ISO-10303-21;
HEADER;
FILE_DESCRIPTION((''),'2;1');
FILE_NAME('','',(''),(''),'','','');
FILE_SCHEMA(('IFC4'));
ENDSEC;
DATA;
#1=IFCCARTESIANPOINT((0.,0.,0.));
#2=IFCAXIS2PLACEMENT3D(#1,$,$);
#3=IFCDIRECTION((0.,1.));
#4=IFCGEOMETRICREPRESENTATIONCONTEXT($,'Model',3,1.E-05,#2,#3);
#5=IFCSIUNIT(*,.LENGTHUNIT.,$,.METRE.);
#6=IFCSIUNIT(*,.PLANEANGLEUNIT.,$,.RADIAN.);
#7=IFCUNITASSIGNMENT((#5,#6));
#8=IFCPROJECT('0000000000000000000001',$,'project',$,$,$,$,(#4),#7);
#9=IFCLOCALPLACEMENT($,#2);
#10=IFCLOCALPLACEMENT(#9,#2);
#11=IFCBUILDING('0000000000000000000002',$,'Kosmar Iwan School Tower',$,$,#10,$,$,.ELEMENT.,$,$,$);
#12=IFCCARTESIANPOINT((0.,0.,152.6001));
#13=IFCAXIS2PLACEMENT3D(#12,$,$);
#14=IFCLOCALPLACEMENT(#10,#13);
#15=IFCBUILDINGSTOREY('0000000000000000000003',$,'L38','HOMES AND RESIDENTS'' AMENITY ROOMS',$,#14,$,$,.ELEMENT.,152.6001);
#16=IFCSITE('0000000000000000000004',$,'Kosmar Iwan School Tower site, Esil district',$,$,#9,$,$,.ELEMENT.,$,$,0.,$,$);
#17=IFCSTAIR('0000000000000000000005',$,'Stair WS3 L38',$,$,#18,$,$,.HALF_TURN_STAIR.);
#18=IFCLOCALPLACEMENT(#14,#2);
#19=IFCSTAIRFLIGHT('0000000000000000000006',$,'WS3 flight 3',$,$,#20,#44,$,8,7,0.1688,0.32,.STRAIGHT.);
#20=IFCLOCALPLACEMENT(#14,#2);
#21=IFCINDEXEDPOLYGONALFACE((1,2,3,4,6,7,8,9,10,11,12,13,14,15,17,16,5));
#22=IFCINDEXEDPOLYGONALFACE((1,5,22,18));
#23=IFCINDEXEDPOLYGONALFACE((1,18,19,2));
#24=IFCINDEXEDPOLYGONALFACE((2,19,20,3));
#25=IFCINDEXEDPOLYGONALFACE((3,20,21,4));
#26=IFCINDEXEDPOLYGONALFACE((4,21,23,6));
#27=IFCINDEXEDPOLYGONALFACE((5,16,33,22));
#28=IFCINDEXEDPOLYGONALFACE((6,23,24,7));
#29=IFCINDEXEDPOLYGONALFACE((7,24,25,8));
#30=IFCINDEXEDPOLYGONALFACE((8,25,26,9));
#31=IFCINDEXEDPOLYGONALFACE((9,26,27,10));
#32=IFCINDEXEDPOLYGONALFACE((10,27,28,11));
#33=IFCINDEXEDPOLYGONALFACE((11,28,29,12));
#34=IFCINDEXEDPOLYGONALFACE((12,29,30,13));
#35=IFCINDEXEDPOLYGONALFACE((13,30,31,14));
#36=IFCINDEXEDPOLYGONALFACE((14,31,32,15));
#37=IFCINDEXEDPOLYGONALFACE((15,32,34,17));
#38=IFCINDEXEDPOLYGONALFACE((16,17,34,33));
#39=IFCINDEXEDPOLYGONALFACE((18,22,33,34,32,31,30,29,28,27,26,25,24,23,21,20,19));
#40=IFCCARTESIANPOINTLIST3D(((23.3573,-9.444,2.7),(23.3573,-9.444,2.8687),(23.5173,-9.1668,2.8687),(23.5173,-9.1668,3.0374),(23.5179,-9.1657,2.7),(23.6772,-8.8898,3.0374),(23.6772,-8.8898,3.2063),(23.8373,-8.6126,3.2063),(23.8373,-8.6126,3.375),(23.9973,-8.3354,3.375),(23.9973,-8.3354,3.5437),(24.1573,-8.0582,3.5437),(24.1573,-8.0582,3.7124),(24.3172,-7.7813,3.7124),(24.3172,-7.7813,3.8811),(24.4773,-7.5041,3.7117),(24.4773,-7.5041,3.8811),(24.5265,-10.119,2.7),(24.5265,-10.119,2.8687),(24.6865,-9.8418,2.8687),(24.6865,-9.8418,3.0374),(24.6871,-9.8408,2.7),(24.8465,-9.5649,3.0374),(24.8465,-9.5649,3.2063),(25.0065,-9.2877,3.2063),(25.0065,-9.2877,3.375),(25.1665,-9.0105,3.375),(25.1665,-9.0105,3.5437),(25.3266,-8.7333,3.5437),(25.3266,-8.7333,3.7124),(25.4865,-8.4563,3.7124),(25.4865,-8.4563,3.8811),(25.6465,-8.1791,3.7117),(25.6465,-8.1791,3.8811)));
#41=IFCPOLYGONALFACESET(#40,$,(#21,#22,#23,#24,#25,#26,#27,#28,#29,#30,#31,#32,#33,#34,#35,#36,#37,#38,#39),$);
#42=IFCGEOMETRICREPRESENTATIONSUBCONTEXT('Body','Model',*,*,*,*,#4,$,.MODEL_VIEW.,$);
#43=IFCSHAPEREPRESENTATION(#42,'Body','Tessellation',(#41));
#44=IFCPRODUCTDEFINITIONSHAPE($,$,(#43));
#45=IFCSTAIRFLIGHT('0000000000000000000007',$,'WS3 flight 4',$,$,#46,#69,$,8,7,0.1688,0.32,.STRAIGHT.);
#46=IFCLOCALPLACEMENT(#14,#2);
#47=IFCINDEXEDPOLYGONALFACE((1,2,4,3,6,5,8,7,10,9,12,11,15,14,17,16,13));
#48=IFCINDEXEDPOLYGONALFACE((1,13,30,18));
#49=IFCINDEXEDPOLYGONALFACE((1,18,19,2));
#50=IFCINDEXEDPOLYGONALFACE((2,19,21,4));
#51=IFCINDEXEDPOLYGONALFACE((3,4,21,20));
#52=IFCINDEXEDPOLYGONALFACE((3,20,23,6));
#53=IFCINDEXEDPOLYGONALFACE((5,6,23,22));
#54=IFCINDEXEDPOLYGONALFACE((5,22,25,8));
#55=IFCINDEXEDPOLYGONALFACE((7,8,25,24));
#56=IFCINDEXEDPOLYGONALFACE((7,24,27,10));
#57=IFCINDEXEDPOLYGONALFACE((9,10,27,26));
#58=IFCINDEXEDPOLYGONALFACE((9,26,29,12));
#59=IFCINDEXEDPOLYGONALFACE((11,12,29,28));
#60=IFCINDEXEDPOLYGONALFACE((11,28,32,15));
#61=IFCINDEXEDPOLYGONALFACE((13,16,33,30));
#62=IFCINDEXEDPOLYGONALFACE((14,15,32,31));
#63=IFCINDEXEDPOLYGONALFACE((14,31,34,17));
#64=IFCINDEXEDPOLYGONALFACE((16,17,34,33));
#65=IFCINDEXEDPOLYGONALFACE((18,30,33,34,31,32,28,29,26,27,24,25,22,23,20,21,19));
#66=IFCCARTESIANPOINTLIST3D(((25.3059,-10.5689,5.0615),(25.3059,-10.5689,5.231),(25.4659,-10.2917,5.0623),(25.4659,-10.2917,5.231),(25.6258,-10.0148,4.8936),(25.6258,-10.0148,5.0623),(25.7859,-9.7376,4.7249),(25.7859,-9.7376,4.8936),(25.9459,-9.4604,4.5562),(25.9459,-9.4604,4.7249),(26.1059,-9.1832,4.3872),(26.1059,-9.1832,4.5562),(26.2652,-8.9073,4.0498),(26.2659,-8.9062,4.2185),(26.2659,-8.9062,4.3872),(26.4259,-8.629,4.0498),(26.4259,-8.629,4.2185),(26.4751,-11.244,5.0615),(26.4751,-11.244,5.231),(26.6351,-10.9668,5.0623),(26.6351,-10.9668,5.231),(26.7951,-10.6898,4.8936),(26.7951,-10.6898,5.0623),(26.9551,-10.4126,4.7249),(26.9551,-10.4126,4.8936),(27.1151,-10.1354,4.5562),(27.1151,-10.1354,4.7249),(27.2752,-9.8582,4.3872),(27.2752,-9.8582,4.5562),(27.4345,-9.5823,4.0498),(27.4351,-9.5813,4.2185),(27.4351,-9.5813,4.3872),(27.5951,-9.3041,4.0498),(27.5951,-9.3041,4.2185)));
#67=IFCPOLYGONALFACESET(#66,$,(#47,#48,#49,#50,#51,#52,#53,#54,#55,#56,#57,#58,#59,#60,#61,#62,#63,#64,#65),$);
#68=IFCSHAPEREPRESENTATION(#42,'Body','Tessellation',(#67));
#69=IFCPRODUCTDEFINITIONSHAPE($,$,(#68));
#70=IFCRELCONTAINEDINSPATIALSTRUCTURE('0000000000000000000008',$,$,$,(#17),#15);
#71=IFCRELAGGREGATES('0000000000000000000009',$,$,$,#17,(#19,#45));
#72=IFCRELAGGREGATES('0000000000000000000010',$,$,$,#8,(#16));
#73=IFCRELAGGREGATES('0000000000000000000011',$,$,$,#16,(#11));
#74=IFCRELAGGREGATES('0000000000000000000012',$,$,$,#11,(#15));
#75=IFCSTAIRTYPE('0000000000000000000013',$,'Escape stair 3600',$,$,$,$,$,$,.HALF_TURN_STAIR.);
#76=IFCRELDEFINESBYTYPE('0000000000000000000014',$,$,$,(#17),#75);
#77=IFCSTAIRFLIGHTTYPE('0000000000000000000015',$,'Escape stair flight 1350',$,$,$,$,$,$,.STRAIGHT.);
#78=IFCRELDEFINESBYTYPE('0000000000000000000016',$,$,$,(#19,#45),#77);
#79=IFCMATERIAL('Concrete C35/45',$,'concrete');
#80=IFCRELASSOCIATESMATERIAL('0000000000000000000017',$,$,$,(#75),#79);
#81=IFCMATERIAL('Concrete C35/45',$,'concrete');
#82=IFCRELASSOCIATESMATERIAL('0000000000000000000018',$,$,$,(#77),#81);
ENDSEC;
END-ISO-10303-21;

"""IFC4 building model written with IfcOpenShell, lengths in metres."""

from ifc_helpers import new_model, si_unit, direction, frame, origin, place, context, subcontext, project, spatial, polyline, outline, extrude, material, type_object, element, aggregate, save


model = new_model("IFC4")

# Units and contexts
model_context = context("Model", 3, precision=1e-05, world=origin(), true_north=direction((0.0, 1.0)))
body_context = subcontext(model_context, "Body", "Model", "MODEL_VIEW")
ifc_project = project(units=[si_unit("LENGTHUNIT", "METRE"), si_unit("PLANEANGLEUNIT", "RADIAN")], contexts=[model_context])

# Site, building, storey
site_placement = place(None, origin())
site = spatial("IfcSite", under=ifc_project, at=site_placement, Name="Kosmar Iwan School Tower site, Esil district", CompositionType="ELEMENT", RefElevation=0.0)
building_placement = place(site_placement, origin())
building = spatial("IfcBuilding", under=site, at=building_placement, Name="Kosmar Iwan School Tower", CompositionType="ELEMENT")
storey_placement = place(building_placement, frame((0.0, 0.0, 152.6001)))
storey = spatial("IfcBuildingStorey", under=building, at=storey_placement, Name="L38", Description="HOMES AND RESIDENTS' AMENITY ROOMS", CompositionType="ELEMENT", Elevation=152.6001)

# Stair, stair flights
ifc_material_1 = material(Name="Concrete C35/45", Category="concrete")
stair_type = type_object("IfcStairType", Name="Escape stair 3600", PredefinedType="HALF_TURN_STAIR", material=ifc_material_1)
stair_placement = place(storey_placement, origin())
stair = element("IfcStair", 1, at=stair_placement, inside=storey, type_object=stair_type, Name="Stair WS3 L38", PredefinedType="HALF_TURN_STAIR")
ifc_material_2 = material(Name="Concrete C35/45", Category="concrete")
stair_flight_type = type_object("IfcStairFlightType", Name="Escape stair flight 1350", PredefinedType="STRAIGHT", material=ifc_material_2)
stair_flight_1_placement = place(storey_placement, frame((23.9419, -9.7815, 2.7), z_axis=(0.0, 0.0, 1.0), x_axis=(0.5, 0.866025, 0.0)))
stair_flight_1 = element("IfcStairFlight", 2, at=stair_flight_1_placement, type_object=stair_flight_type, Name="WS3 flight 3", NumberOfRisers=8, NumberOfTreads=7, PredefinedType="STRAIGHT", RiserHeight=0.1688, TreadLength=0.32, context=body_context, shape_type="SweptSolid", body=[
    extrude(outline(polyline([(0.0, 0.0), (0.0, 0.1687), (0.3201, 0.1687), (0.3201, 0.3374), (0.6399, 0.3374), (0.6399, 0.5063), (0.96, 0.5063), (0.96, 0.675), (1.28, 0.675), (1.28, 0.8438), (1.6001, 0.8438), (1.6001, 1.0125), (1.9199, 1.0125), (1.9199, 1.1812), (2.24, 1.1812), (2.24, 1.3501), (2.24, 1.0117), (0.3213, 0.0), (0.0, 0.0)])), frame((0.0, 0.675, 0.0), z_axis=(0.0, -1.0, 0.0), x_axis=(1.0, 0.0, 0.0)), (0.0, 0.0, 1.0), 1.3501),
])
stair_flight_2_placement = place(storey_placement, frame((27.0105, -8.9666, 4.0498), z_axis=(0.0, 0.0, 1.0), x_axis=(-0.5, -0.866025, 0.0)))
stair_flight_2 = element("IfcStairFlight", 3, at=stair_flight_2_placement, type_object=stair_flight_type, Name="WS3 flight 4", NumberOfRisers=8, NumberOfTreads=7, PredefinedType="STRAIGHT", RiserHeight=0.1688, TreadLength=0.32, context=body_context, shape_type="SweptSolid", body=[
    extrude(outline(polyline([(0.0, 0.0), (0.0, 0.1687), (0.3201, 0.1687), (0.3201, 0.3374), (0.6399, 0.3374), (0.6399, 0.5063), (0.96, 0.5063), (0.96, 0.675), (1.28, 0.675), (1.28, 0.8438), (1.6001, 0.8438), (1.6001, 1.0125), (1.9199, 1.0125), (1.9199, 1.1812), (2.24, 1.1812), (2.24, 1.3501), (2.24, 1.0117), (0.3213, 0.0), (0.0, 0.0)])), frame((0.0, 0.675, 0.0), z_axis=(0.0, -1.0, 0.0), x_axis=(1.0, 0.0, 0.0)), (0.0, 0.0, 1.0), 1.3501),
])
aggregate(stair, [stair_flight_1, stair_flight_2])

save(model, "model.ifc")
